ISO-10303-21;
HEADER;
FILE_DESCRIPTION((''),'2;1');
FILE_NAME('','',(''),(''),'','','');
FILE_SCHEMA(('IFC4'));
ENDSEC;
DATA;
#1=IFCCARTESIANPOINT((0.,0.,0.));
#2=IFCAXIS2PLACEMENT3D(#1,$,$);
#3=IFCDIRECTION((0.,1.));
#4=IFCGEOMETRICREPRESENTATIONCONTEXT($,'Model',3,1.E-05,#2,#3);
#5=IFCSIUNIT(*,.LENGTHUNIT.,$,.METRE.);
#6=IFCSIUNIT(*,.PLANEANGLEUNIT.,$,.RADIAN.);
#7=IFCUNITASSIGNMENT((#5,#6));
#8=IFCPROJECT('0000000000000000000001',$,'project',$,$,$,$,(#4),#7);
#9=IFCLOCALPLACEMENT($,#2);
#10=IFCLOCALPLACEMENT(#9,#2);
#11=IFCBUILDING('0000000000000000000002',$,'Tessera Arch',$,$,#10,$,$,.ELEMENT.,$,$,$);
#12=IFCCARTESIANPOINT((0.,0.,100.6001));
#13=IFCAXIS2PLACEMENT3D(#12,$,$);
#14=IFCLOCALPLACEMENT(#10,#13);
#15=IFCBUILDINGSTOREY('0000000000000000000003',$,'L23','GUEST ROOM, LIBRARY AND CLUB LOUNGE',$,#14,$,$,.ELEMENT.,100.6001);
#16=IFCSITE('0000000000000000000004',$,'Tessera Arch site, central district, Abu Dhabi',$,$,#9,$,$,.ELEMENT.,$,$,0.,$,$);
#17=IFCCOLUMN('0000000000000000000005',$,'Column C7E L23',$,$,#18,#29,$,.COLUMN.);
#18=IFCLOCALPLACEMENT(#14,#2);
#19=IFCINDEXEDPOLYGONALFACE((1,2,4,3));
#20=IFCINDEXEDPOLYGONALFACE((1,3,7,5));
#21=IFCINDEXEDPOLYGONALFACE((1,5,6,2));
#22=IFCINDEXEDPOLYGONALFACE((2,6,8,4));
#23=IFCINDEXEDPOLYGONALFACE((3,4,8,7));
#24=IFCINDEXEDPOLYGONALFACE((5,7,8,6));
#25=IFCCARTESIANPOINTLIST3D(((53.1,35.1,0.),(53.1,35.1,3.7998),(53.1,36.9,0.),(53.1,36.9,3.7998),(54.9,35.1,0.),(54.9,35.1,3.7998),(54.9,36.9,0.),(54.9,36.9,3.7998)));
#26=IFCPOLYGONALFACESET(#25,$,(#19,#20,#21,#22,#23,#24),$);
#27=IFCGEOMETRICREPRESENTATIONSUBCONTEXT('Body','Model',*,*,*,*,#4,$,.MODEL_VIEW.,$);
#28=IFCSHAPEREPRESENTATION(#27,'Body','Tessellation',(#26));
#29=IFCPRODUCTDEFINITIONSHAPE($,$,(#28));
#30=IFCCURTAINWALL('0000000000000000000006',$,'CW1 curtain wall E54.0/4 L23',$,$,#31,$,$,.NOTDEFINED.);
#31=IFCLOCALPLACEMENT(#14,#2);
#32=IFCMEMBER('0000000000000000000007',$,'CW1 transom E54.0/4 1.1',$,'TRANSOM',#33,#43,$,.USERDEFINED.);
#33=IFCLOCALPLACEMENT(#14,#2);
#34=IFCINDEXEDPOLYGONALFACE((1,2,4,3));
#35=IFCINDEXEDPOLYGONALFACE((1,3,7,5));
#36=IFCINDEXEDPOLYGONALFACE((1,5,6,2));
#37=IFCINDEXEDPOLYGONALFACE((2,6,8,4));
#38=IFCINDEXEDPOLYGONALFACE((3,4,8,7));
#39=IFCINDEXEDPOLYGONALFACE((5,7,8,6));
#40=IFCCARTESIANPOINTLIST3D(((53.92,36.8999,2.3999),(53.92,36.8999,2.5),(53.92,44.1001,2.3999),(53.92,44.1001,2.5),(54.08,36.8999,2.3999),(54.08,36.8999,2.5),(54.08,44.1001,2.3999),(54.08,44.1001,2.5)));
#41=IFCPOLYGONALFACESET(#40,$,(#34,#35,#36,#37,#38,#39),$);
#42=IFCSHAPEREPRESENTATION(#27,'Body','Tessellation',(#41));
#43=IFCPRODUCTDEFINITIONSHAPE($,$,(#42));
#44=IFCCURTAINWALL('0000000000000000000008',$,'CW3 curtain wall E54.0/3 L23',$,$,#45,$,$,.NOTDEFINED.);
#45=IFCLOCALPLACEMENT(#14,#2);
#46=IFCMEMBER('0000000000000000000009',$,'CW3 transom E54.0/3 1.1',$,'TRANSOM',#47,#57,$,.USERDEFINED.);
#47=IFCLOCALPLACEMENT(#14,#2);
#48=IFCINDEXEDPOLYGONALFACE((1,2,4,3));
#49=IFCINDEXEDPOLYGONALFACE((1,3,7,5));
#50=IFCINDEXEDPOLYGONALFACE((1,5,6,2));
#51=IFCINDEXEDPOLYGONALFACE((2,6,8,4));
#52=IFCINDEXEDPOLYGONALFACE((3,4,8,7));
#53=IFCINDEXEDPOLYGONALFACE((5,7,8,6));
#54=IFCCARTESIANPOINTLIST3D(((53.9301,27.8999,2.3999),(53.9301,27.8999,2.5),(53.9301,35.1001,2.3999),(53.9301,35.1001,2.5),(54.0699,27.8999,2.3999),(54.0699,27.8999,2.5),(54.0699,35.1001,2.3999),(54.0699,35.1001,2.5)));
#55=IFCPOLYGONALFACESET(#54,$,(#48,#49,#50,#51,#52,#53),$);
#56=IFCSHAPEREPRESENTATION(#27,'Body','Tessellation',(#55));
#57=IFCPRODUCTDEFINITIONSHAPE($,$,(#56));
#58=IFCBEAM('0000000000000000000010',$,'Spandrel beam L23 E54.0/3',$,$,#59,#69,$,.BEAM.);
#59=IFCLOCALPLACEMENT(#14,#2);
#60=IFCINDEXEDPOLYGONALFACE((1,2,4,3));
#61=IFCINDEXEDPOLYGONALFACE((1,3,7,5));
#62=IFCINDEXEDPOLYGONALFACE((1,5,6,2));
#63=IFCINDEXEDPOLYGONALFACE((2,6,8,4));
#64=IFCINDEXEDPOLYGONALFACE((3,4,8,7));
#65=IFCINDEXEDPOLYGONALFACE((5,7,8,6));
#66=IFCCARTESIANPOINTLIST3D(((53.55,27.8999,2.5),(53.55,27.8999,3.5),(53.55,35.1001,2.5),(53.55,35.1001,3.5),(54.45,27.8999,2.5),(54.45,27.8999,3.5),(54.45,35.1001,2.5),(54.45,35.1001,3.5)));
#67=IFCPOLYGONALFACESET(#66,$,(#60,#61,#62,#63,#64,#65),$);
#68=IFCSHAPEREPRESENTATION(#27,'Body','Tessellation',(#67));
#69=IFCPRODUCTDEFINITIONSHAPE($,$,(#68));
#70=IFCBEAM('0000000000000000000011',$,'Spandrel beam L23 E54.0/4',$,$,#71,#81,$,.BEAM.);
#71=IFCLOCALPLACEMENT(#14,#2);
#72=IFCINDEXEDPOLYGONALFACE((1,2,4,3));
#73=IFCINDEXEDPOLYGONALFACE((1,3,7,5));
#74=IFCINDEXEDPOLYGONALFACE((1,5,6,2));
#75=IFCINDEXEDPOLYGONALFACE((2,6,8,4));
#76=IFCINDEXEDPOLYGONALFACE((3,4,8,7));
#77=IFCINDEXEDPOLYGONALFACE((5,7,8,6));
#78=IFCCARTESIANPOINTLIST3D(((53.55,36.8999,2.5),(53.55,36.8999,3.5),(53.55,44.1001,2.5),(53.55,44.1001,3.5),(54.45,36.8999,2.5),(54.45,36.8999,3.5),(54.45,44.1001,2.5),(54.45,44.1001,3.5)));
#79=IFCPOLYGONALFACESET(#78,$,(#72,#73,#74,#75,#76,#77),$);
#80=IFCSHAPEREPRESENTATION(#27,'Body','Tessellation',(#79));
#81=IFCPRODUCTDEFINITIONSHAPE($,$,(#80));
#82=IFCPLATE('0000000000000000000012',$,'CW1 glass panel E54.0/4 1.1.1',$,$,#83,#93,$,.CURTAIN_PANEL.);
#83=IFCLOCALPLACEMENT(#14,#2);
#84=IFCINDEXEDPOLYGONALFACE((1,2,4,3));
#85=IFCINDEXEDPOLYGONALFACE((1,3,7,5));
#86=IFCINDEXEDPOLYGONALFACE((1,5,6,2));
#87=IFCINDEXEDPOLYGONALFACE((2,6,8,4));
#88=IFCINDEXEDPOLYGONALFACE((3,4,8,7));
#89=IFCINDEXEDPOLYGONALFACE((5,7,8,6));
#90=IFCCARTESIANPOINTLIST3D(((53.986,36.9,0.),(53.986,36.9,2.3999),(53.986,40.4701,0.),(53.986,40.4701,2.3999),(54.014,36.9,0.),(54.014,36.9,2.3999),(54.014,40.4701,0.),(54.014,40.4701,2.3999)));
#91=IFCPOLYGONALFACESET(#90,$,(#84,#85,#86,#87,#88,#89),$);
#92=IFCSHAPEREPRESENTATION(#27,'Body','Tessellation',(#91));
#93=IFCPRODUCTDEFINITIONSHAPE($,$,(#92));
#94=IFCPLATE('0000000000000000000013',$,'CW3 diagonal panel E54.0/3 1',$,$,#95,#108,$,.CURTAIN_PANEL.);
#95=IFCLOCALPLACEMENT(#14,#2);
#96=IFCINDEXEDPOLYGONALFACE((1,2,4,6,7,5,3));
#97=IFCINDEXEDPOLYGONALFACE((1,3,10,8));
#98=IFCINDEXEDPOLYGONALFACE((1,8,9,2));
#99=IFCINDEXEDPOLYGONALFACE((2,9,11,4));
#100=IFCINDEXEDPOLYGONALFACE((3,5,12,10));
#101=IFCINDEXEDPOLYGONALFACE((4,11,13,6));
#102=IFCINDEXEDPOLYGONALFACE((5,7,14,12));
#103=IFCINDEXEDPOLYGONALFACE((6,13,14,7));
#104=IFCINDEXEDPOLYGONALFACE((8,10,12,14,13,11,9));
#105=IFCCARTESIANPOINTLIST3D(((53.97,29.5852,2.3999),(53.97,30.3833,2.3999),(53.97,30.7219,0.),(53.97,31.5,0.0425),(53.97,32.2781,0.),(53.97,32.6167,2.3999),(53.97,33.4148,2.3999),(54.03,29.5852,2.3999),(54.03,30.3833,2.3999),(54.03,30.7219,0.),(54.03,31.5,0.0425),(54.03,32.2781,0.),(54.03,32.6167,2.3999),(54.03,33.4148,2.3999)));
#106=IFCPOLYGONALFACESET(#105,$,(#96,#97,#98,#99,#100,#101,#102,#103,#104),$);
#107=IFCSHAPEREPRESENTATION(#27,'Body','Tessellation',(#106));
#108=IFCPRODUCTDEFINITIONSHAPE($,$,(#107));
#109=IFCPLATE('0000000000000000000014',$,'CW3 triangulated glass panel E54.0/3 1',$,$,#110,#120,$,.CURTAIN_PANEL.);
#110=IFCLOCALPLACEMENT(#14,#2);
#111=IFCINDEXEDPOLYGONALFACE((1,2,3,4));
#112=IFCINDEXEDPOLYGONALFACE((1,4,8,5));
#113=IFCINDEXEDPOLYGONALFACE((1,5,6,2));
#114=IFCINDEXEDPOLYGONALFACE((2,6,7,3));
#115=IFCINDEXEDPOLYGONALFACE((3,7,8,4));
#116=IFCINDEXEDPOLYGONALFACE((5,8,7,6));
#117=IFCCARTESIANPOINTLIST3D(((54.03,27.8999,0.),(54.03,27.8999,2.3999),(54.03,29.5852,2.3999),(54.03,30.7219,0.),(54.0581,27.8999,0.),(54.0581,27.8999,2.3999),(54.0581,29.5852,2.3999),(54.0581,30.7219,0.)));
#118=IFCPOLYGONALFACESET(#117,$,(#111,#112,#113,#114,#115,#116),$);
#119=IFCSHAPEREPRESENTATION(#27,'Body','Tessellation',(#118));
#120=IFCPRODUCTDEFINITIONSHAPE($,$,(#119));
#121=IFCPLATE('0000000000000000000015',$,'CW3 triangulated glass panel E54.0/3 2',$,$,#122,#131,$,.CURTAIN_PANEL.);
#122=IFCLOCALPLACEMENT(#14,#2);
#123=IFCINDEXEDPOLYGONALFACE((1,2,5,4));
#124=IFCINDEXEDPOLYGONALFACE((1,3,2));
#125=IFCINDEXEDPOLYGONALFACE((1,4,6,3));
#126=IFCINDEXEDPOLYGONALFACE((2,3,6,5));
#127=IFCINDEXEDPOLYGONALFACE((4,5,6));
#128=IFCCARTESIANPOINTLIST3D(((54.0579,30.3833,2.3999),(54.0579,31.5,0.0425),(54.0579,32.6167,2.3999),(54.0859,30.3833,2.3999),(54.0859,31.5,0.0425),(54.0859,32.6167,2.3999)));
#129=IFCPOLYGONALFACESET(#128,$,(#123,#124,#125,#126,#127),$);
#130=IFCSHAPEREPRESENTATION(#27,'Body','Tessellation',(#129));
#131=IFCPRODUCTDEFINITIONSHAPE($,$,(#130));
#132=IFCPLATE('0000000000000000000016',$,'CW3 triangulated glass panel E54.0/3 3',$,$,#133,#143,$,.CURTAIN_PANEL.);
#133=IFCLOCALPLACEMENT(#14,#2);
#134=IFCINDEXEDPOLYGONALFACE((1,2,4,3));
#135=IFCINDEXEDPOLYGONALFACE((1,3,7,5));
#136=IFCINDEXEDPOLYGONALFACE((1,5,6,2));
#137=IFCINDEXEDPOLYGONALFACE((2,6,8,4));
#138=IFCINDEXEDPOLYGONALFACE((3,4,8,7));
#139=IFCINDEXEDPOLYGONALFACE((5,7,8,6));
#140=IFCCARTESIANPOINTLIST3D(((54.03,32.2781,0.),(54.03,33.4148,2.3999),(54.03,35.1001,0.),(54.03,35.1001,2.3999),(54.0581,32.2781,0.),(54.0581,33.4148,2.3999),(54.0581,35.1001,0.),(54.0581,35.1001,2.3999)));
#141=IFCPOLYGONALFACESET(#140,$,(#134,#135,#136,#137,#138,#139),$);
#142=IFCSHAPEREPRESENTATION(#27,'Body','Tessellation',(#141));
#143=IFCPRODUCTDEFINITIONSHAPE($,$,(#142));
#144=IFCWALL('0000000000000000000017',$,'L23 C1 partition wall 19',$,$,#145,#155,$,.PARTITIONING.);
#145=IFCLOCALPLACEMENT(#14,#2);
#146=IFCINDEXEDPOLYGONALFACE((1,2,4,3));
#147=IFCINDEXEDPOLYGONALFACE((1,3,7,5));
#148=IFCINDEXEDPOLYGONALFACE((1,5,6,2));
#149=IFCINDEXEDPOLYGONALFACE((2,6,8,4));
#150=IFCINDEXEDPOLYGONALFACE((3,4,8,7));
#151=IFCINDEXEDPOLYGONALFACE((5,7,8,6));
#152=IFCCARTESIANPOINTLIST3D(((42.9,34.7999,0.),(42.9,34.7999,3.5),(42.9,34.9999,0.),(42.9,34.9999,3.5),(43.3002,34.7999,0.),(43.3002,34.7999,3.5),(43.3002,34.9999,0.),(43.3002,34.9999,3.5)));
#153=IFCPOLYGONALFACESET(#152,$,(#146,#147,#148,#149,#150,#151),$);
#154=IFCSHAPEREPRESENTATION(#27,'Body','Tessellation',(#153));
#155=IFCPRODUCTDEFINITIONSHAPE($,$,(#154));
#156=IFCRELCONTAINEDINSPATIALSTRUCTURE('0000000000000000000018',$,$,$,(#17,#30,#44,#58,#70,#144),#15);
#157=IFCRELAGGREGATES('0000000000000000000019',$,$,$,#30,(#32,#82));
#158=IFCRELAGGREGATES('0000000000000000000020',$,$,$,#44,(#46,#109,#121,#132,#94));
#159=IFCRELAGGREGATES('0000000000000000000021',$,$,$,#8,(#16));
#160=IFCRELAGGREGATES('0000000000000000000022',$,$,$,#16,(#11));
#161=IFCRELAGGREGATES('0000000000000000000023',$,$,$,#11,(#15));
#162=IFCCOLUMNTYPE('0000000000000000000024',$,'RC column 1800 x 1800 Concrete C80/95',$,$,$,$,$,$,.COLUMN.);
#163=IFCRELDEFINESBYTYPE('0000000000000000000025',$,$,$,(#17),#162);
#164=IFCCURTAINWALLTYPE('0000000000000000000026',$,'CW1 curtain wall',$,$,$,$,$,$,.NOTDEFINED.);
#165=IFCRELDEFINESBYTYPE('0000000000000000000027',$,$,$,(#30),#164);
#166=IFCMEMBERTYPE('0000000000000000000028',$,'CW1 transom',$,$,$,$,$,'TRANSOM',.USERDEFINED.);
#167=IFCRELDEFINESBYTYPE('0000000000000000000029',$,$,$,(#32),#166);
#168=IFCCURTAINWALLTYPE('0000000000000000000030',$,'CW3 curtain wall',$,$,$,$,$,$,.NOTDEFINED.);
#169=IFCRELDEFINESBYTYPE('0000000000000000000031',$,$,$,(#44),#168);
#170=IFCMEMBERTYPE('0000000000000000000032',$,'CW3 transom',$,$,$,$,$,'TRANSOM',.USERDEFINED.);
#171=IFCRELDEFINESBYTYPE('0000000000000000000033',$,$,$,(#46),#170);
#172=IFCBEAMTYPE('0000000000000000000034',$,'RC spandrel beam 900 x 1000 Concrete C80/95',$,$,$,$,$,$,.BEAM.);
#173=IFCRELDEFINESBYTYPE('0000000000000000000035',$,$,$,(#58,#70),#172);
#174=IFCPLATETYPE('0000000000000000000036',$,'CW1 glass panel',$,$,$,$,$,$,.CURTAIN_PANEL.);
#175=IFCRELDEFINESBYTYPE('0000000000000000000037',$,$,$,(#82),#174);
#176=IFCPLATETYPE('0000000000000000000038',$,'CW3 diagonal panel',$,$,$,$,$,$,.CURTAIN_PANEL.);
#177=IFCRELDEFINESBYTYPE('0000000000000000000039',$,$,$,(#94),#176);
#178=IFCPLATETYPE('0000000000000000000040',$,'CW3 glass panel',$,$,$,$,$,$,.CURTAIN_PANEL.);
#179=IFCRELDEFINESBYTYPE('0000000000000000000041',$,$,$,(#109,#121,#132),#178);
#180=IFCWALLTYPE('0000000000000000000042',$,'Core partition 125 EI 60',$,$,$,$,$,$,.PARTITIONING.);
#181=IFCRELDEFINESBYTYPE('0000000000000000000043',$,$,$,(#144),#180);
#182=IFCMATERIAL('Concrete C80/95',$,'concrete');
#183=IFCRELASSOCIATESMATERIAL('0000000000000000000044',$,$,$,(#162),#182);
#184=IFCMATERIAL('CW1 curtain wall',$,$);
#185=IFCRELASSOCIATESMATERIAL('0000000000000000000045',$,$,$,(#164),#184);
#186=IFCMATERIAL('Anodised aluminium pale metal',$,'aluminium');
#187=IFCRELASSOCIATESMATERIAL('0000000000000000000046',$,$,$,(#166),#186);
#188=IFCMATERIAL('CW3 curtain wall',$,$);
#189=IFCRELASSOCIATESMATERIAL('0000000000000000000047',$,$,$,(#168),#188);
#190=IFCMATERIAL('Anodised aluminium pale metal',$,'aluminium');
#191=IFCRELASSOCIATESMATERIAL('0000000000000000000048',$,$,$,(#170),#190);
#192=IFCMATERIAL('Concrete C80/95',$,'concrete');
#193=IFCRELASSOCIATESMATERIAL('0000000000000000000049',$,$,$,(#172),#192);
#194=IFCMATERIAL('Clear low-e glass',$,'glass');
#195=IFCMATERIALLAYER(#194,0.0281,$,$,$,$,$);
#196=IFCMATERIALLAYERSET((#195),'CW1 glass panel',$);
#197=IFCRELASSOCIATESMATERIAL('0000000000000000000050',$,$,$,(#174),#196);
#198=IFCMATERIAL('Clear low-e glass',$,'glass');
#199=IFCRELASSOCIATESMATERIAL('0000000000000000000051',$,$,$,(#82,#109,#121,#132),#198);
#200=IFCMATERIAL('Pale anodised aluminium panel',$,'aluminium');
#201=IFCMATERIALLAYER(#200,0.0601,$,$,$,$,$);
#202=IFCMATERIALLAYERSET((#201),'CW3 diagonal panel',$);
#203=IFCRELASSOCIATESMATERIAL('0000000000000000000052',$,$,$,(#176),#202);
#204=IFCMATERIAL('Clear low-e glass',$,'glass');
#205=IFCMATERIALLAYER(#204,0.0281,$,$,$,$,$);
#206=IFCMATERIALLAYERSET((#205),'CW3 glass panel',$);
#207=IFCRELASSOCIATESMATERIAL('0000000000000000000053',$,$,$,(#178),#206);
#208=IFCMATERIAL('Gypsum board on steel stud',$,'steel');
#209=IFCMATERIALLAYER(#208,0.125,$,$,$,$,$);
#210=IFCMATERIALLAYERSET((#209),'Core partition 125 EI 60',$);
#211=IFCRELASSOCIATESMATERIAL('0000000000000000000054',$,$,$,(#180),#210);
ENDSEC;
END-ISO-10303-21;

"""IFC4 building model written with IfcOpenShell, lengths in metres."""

from ifc_helpers import new_model, si_unit, direction, frame, frame_2d, origin, origin_2d, place, context, subcontext, project, spatial, polyline, rectangle, outline, extrude, material, layer, layer_set, material_profile, profile_set, type_object, element, aggregate, save


model = new_model("IFC4")

# Units and contexts
model_context = context("Model", 3, precision=1e-05, world=origin(), true_north=direction((0.0, 1.0)))
body_context = subcontext(model_context, "Body", "Model", "MODEL_VIEW")
ifc_project = project(units=[si_unit("LENGTHUNIT", "METRE"), si_unit("PLANEANGLEUNIT", "RADIAN")], contexts=[model_context])

# Site, building, storey
site_placement = place(None, origin())
site = spatial("IfcSite", under=ifc_project, at=site_placement, Name="Tessera Arch site, central district, Abu Dhabi", CompositionType="ELEMENT", RefElevation=0.0)
building_placement = place(site_placement, origin())
building = spatial("IfcBuilding", under=site, at=building_placement, Name="Tessera Arch", CompositionType="ELEMENT")
storey_placement = place(building_placement, frame((0.0, 0.0, 100.6001)))
storey = spatial("IfcBuildingStorey", under=building, at=storey_placement, Name="L23", Description="GUEST ROOM, LIBRARY AND CLUB LOUNGE", CompositionType="ELEMENT", Elevation=100.6001)

# Column
ifc_material_1 = material(Name="Concrete C80/95", Category="concrete")
ifc_material_profile_1 = material_profile(ifc_material_1, rectangle(XDim=1.8, YDim=1.8, at=origin_2d()), Name="RC column 1800 x 1800 Concrete C80/95")
ifc_profile_set_1 = profile_set([ifc_material_profile_1], Name="Concrete C80/95")
column_type = type_object("IfcColumnType", Name="RC column 1800 x 1800 Concrete C80/95", PredefinedType="COLUMN", material=ifc_profile_set_1)
column_placement = place(storey_placement, frame((54.0, 36.0, 0.0), z_axis=(0.0, 0.0, 1.0), x_axis=(1.0, 0.0, 0.0)))
element("IfcColumn", 1, at=column_placement, inside=storey, type_object=column_type, Name="Column C7E L23", PredefinedType="COLUMN", context=body_context, shape_type="SweptSolid", body=[
    extrude(rectangle(XDim=1.8, YDim=1.8, at=origin_2d()), origin(), (0.0, 0.0, 1.0), 3.7998),
])

# Curtain walls, members
ifc_material_2 = material(Name="CW1 curtain wall")
curtain_wall_type_1 = type_object("IfcCurtainWallType", Name="CW1 curtain wall", PredefinedType="NOTDEFINED", material=ifc_material_2)
curtain_wall_1_placement = place(storey_placement, origin())
curtain_wall_1 = element("IfcCurtainWall", 2, at=curtain_wall_1_placement, inside=storey, type_object=curtain_wall_type_1, Name="CW1 curtain wall E54.0/4 L23", PredefinedType="NOTDEFINED")
ifc_material_3 = material(Name="Anodised aluminium pale metal", Category="aluminium")
ifc_material_profile_2 = material_profile(ifc_material_3, rectangle(XDim=0.1599, YDim=0.1001, at=origin_2d()), Name="AL 160x100")
ifc_profile_set_2 = profile_set([ifc_material_profile_2], Name="Anodised aluminium pale metal")
member_type_1 = type_object("IfcMemberType", Name="CW1 transom", ElementType="TRANSOM", PredefinedType="USERDEFINED", material=ifc_profile_set_2)
member_1_placement = place(storey_placement, frame((54.0, 36.8999, 2.45), z_axis=(0.0, 1.0, 0.0), x_axis=(-1.0, 0.0, 0.0)))
member_1 = element("IfcMember", 3, at=member_1_placement, type_object=member_type_1, Name="CW1 transom E54.0/4 1.1", ObjectType="TRANSOM", PredefinedType="USERDEFINED", context=body_context, shape_type="SweptSolid", body=[
    extrude(rectangle(XDim=0.1599, YDim=0.1001, at=origin_2d()), origin(), (0.0, 0.0, 1.0), 7.2002),
])
ifc_material_4 = material(Name="CW3 curtain wall")
curtain_wall_type_2 = type_object("IfcCurtainWallType", Name="CW3 curtain wall", PredefinedType="NOTDEFINED", material=ifc_material_4)
curtain_wall_2_placement = place(storey_placement, origin())
curtain_wall_2 = element("IfcCurtainWall", 4, at=curtain_wall_2_placement, inside=storey, type_object=curtain_wall_type_2, Name="CW3 curtain wall E54.0/3 L23", PredefinedType="NOTDEFINED")
ifc_material_5 = material(Name="Anodised aluminium pale metal", Category="aluminium")
ifc_material_profile_3 = material_profile(ifc_material_5, rectangle(XDim=0.1399, YDim=0.1001, at=origin_2d()), Name="AL 140x100")
ifc_profile_set_3 = profile_set([ifc_material_profile_3], Name="Anodised aluminium pale metal")
member_type_2 = type_object("IfcMemberType", Name="CW3 transom", ElementType="TRANSOM", PredefinedType="USERDEFINED", material=ifc_profile_set_3)
member_2_placement = place(storey_placement, frame((54.0, 27.8999, 2.45), z_axis=(0.0, 1.0, 0.0), x_axis=(-1.0, 0.0, 0.0)))
member_2 = element("IfcMember", 5, at=member_2_placement, type_object=member_type_2, Name="CW3 transom E54.0/3 1.1", ObjectType="TRANSOM", PredefinedType="USERDEFINED", context=body_context, shape_type="SweptSolid", body=[
    extrude(rectangle(XDim=0.1399, YDim=0.1001, at=origin_2d()), origin(), (0.0, 0.0, 1.0), 7.2002),
])

# Beams
ifc_material_6 = material(Name="Concrete C80/95", Category="concrete")
ifc_material_profile_4 = material_profile(ifc_material_6, rectangle(XDim=0.8999, YDim=1.0, at=origin_2d()), Name="RC spandrel beam 900 x 1000 Concrete C80/95")
ifc_profile_set_4 = profile_set([ifc_material_profile_4], Name="Concrete C80/95")
beam_type = type_object("IfcBeamType", Name="RC spandrel beam 900 x 1000 Concrete C80/95", PredefinedType="BEAM", material=ifc_profile_set_4)
for number, where, z_axis, x_axis, name in (
    (6, (54.0, 27.8999, 3.0), (0.0, 1.0, 0.0), (-1.0, 0.0, 0.0), "Spandrel beam L23 E54.0/3"),
    (7, (54.0, 36.8999, 3.0), (0.0, 1.0, 0.0), (-1.0, 0.0, 0.0), "Spandrel beam L23 E54.0/4"),
):
    element("IfcBeam", number, at=place(storey_placement, frame(where, z_axis=z_axis, x_axis=x_axis)), inside=storey, type_object=beam_type, Name=name, PredefinedType="BEAM", context=body_context, shape_type="SweptSolid", body=[
        extrude(rectangle(XDim=0.8999, YDim=1.0, at=origin_2d()), origin(), (0.0, 0.0, 1.0), 7.2002),
    ])

# Plates
ifc_material_7 = material(Name="Clear low-e glass", Category="glass")
ifc_material_8 = material(Name="Clear low-e glass", Category="glass")
ifc_layer_1 = layer(ifc_material_8, 0.0281)
ifc_layer_set_1 = layer_set([ifc_layer_1], Name="CW1 glass panel")
plate_type_1 = type_object("IfcPlateType", Name="CW1 glass panel", PredefinedType="CURTAIN_PANEL", material=ifc_layer_set_1)
plate_1_placement = place(storey_placement, frame((54.0, 38.6851, 0.0), z_axis=(0.0, 0.0, 1.0), x_axis=(0.0, 1.0, 0.0)))
plate_1 = element("IfcPlate", 8, at=plate_1_placement, type_object=plate_type_1, material=ifc_material_7, Name="CW1 glass panel E54.0/4 1.1.1", PredefinedType="CURTAIN_PANEL", context=body_context, shape_type="SweptSolid", body=[
    extrude(rectangle(XDim=3.5701, YDim=0.0281, at=origin_2d()), origin(), (0.0, 0.0, 1.0), 2.3999),
])
aggregate(curtain_wall_1, [member_1, plate_1])
ifc_material_9 = material(Name="Pale anodised aluminium panel", Category="aluminium")
ifc_layer_2 = layer(ifc_material_9, 0.0601)
ifc_layer_set_2 = layer_set([ifc_layer_2], Name="CW3 diagonal panel")
plate_type_2 = type_object("IfcPlateType", Name="CW3 diagonal panel", PredefinedType="CURTAIN_PANEL", material=ifc_layer_set_2)
plate_2_placement = place(storey_placement, frame((54.03, 33.4148, 2.3999), z_axis=(1.0, 0.0, 0.0), x_axis=(0.0, -1.0, 0.0)))
plate_2 = element("IfcPlate", 9, at=plate_2_placement, type_object=plate_type_2, Name="CW3 diagonal panel E54.0/3 1", PredefinedType="CURTAIN_PANEL", context=body_context, shape_type="SweptSolid", body=[
    extrude(outline(polyline([(0.0, 0.0), (0.7981, 0.0), (1.9148, 2.3574), (3.0315, 0.0), (3.8296, 0.0), (2.6929, 2.3999), (1.1367, 2.3999), (0.0, 0.0)])), origin(), (0.0, 0.0, -1.0), 0.0601),
])
ifc_material_10 = material(Name="Clear low-e glass", Category="glass")
ifc_layer_3 = layer(ifc_material_10, 0.0281)
ifc_layer_set_3 = layer_set([ifc_layer_3], Name="CW3 glass panel")
plate_type_3 = type_object("IfcPlateType", Name="CW3 glass panel", PredefinedType="CURTAIN_PANEL", material=ifc_layer_set_3)
plate_3_placement = place(storey_placement, frame((54.0581, 27.8999, 0.0), z_axis=(1.0, 0.0, 0.0), x_axis=(0.0, 1.0, 0.0)))
plate_3 = element("IfcPlate", 10, at=plate_3_placement, type_object=plate_type_3, material=ifc_material_7, Name="CW3 triangulated glass panel E54.0/3 1", PredefinedType="CURTAIN_PANEL", context=body_context, shape_type="SweptSolid", body=[
    extrude(outline(polyline([(0.0, 0.0), (2.822, 0.0), (1.6853, 2.3999), (0.0, 2.3999), (0.0, 0.0)])), origin(), (0.0, 0.0, -1.0), 0.0281),
])
plate_4_placement = place(storey_placement, frame((54.0859, 32.6167, 2.3999), z_axis=(1.0, 0.0, 0.0), x_axis=(0.0, -1.0, 0.0)))
plate_4 = element("IfcPlate", 11, at=plate_4_placement, type_object=plate_type_3, material=ifc_material_7, Name="CW3 triangulated glass panel E54.0/3 2", PredefinedType="CURTAIN_PANEL", context=body_context, shape_type="SweptSolid", body=[
    extrude(outline(polyline([(0.0, 0.0), (2.2334, 0.0), (1.1167, 2.3574), (0.0, 0.0)])), origin(), (0.0, 0.0, -1.0), 0.0281),
])
plate_5_placement = place(storey_placement, frame((54.0581, 35.1001, 2.3999), z_axis=(1.0, 0.0, 0.0), x_axis=(0.0, -1.0, 0.0)))
plate_5 = element("IfcPlate", 12, at=plate_5_placement, type_object=plate_type_3, material=ifc_material_7, Name="CW3 triangulated glass panel E54.0/3 3", PredefinedType="CURTAIN_PANEL", context=body_context, shape_type="SweptSolid", body=[
    extrude(outline(polyline([(0.0, 0.0), (1.6853, 0.0), (2.822, 2.3999), (0.0, 2.3999), (0.0, 0.0)])), origin(), (0.0, 0.0, -1.0), 0.0281),
])
aggregate(curtain_wall_2, [member_2, plate_3, plate_4, plate_5, plate_2])

# Wall
ifc_material_11 = material(Name="Gypsum board on steel stud", Category="steel")
ifc_layer_4 = layer(ifc_material_11, 0.125)
ifc_layer_set_4 = layer_set([ifc_layer_4], Name="Core partition 125 EI 60")
wall_type_1 = type_object("IfcWallType", Name="Core partition 125 EI 60", PredefinedType="PARTITIONING", material=ifc_layer_set_4)
wall_1_placement = place(storey_placement, frame((42.8999, 34.8999, 0.0), z_axis=(0.0, 0.0, 1.0), x_axis=(1.0, 0.0, 0.0)))
element("IfcWall", 13, at=wall_1_placement, inside=storey, type_object=wall_type_1, Name="L23 C1 partition wall 19", PredefinedType="PARTITIONING", context=body_context, shape_type="SweptSolid", body=[
    extrude(rectangle(XDim=0.4001, YDim=0.2, at=frame_2d((0.2002, 0.0))), origin(), (0.0, 0.0, 1.0), 3.5),
])

save(model, "model.ifc")
